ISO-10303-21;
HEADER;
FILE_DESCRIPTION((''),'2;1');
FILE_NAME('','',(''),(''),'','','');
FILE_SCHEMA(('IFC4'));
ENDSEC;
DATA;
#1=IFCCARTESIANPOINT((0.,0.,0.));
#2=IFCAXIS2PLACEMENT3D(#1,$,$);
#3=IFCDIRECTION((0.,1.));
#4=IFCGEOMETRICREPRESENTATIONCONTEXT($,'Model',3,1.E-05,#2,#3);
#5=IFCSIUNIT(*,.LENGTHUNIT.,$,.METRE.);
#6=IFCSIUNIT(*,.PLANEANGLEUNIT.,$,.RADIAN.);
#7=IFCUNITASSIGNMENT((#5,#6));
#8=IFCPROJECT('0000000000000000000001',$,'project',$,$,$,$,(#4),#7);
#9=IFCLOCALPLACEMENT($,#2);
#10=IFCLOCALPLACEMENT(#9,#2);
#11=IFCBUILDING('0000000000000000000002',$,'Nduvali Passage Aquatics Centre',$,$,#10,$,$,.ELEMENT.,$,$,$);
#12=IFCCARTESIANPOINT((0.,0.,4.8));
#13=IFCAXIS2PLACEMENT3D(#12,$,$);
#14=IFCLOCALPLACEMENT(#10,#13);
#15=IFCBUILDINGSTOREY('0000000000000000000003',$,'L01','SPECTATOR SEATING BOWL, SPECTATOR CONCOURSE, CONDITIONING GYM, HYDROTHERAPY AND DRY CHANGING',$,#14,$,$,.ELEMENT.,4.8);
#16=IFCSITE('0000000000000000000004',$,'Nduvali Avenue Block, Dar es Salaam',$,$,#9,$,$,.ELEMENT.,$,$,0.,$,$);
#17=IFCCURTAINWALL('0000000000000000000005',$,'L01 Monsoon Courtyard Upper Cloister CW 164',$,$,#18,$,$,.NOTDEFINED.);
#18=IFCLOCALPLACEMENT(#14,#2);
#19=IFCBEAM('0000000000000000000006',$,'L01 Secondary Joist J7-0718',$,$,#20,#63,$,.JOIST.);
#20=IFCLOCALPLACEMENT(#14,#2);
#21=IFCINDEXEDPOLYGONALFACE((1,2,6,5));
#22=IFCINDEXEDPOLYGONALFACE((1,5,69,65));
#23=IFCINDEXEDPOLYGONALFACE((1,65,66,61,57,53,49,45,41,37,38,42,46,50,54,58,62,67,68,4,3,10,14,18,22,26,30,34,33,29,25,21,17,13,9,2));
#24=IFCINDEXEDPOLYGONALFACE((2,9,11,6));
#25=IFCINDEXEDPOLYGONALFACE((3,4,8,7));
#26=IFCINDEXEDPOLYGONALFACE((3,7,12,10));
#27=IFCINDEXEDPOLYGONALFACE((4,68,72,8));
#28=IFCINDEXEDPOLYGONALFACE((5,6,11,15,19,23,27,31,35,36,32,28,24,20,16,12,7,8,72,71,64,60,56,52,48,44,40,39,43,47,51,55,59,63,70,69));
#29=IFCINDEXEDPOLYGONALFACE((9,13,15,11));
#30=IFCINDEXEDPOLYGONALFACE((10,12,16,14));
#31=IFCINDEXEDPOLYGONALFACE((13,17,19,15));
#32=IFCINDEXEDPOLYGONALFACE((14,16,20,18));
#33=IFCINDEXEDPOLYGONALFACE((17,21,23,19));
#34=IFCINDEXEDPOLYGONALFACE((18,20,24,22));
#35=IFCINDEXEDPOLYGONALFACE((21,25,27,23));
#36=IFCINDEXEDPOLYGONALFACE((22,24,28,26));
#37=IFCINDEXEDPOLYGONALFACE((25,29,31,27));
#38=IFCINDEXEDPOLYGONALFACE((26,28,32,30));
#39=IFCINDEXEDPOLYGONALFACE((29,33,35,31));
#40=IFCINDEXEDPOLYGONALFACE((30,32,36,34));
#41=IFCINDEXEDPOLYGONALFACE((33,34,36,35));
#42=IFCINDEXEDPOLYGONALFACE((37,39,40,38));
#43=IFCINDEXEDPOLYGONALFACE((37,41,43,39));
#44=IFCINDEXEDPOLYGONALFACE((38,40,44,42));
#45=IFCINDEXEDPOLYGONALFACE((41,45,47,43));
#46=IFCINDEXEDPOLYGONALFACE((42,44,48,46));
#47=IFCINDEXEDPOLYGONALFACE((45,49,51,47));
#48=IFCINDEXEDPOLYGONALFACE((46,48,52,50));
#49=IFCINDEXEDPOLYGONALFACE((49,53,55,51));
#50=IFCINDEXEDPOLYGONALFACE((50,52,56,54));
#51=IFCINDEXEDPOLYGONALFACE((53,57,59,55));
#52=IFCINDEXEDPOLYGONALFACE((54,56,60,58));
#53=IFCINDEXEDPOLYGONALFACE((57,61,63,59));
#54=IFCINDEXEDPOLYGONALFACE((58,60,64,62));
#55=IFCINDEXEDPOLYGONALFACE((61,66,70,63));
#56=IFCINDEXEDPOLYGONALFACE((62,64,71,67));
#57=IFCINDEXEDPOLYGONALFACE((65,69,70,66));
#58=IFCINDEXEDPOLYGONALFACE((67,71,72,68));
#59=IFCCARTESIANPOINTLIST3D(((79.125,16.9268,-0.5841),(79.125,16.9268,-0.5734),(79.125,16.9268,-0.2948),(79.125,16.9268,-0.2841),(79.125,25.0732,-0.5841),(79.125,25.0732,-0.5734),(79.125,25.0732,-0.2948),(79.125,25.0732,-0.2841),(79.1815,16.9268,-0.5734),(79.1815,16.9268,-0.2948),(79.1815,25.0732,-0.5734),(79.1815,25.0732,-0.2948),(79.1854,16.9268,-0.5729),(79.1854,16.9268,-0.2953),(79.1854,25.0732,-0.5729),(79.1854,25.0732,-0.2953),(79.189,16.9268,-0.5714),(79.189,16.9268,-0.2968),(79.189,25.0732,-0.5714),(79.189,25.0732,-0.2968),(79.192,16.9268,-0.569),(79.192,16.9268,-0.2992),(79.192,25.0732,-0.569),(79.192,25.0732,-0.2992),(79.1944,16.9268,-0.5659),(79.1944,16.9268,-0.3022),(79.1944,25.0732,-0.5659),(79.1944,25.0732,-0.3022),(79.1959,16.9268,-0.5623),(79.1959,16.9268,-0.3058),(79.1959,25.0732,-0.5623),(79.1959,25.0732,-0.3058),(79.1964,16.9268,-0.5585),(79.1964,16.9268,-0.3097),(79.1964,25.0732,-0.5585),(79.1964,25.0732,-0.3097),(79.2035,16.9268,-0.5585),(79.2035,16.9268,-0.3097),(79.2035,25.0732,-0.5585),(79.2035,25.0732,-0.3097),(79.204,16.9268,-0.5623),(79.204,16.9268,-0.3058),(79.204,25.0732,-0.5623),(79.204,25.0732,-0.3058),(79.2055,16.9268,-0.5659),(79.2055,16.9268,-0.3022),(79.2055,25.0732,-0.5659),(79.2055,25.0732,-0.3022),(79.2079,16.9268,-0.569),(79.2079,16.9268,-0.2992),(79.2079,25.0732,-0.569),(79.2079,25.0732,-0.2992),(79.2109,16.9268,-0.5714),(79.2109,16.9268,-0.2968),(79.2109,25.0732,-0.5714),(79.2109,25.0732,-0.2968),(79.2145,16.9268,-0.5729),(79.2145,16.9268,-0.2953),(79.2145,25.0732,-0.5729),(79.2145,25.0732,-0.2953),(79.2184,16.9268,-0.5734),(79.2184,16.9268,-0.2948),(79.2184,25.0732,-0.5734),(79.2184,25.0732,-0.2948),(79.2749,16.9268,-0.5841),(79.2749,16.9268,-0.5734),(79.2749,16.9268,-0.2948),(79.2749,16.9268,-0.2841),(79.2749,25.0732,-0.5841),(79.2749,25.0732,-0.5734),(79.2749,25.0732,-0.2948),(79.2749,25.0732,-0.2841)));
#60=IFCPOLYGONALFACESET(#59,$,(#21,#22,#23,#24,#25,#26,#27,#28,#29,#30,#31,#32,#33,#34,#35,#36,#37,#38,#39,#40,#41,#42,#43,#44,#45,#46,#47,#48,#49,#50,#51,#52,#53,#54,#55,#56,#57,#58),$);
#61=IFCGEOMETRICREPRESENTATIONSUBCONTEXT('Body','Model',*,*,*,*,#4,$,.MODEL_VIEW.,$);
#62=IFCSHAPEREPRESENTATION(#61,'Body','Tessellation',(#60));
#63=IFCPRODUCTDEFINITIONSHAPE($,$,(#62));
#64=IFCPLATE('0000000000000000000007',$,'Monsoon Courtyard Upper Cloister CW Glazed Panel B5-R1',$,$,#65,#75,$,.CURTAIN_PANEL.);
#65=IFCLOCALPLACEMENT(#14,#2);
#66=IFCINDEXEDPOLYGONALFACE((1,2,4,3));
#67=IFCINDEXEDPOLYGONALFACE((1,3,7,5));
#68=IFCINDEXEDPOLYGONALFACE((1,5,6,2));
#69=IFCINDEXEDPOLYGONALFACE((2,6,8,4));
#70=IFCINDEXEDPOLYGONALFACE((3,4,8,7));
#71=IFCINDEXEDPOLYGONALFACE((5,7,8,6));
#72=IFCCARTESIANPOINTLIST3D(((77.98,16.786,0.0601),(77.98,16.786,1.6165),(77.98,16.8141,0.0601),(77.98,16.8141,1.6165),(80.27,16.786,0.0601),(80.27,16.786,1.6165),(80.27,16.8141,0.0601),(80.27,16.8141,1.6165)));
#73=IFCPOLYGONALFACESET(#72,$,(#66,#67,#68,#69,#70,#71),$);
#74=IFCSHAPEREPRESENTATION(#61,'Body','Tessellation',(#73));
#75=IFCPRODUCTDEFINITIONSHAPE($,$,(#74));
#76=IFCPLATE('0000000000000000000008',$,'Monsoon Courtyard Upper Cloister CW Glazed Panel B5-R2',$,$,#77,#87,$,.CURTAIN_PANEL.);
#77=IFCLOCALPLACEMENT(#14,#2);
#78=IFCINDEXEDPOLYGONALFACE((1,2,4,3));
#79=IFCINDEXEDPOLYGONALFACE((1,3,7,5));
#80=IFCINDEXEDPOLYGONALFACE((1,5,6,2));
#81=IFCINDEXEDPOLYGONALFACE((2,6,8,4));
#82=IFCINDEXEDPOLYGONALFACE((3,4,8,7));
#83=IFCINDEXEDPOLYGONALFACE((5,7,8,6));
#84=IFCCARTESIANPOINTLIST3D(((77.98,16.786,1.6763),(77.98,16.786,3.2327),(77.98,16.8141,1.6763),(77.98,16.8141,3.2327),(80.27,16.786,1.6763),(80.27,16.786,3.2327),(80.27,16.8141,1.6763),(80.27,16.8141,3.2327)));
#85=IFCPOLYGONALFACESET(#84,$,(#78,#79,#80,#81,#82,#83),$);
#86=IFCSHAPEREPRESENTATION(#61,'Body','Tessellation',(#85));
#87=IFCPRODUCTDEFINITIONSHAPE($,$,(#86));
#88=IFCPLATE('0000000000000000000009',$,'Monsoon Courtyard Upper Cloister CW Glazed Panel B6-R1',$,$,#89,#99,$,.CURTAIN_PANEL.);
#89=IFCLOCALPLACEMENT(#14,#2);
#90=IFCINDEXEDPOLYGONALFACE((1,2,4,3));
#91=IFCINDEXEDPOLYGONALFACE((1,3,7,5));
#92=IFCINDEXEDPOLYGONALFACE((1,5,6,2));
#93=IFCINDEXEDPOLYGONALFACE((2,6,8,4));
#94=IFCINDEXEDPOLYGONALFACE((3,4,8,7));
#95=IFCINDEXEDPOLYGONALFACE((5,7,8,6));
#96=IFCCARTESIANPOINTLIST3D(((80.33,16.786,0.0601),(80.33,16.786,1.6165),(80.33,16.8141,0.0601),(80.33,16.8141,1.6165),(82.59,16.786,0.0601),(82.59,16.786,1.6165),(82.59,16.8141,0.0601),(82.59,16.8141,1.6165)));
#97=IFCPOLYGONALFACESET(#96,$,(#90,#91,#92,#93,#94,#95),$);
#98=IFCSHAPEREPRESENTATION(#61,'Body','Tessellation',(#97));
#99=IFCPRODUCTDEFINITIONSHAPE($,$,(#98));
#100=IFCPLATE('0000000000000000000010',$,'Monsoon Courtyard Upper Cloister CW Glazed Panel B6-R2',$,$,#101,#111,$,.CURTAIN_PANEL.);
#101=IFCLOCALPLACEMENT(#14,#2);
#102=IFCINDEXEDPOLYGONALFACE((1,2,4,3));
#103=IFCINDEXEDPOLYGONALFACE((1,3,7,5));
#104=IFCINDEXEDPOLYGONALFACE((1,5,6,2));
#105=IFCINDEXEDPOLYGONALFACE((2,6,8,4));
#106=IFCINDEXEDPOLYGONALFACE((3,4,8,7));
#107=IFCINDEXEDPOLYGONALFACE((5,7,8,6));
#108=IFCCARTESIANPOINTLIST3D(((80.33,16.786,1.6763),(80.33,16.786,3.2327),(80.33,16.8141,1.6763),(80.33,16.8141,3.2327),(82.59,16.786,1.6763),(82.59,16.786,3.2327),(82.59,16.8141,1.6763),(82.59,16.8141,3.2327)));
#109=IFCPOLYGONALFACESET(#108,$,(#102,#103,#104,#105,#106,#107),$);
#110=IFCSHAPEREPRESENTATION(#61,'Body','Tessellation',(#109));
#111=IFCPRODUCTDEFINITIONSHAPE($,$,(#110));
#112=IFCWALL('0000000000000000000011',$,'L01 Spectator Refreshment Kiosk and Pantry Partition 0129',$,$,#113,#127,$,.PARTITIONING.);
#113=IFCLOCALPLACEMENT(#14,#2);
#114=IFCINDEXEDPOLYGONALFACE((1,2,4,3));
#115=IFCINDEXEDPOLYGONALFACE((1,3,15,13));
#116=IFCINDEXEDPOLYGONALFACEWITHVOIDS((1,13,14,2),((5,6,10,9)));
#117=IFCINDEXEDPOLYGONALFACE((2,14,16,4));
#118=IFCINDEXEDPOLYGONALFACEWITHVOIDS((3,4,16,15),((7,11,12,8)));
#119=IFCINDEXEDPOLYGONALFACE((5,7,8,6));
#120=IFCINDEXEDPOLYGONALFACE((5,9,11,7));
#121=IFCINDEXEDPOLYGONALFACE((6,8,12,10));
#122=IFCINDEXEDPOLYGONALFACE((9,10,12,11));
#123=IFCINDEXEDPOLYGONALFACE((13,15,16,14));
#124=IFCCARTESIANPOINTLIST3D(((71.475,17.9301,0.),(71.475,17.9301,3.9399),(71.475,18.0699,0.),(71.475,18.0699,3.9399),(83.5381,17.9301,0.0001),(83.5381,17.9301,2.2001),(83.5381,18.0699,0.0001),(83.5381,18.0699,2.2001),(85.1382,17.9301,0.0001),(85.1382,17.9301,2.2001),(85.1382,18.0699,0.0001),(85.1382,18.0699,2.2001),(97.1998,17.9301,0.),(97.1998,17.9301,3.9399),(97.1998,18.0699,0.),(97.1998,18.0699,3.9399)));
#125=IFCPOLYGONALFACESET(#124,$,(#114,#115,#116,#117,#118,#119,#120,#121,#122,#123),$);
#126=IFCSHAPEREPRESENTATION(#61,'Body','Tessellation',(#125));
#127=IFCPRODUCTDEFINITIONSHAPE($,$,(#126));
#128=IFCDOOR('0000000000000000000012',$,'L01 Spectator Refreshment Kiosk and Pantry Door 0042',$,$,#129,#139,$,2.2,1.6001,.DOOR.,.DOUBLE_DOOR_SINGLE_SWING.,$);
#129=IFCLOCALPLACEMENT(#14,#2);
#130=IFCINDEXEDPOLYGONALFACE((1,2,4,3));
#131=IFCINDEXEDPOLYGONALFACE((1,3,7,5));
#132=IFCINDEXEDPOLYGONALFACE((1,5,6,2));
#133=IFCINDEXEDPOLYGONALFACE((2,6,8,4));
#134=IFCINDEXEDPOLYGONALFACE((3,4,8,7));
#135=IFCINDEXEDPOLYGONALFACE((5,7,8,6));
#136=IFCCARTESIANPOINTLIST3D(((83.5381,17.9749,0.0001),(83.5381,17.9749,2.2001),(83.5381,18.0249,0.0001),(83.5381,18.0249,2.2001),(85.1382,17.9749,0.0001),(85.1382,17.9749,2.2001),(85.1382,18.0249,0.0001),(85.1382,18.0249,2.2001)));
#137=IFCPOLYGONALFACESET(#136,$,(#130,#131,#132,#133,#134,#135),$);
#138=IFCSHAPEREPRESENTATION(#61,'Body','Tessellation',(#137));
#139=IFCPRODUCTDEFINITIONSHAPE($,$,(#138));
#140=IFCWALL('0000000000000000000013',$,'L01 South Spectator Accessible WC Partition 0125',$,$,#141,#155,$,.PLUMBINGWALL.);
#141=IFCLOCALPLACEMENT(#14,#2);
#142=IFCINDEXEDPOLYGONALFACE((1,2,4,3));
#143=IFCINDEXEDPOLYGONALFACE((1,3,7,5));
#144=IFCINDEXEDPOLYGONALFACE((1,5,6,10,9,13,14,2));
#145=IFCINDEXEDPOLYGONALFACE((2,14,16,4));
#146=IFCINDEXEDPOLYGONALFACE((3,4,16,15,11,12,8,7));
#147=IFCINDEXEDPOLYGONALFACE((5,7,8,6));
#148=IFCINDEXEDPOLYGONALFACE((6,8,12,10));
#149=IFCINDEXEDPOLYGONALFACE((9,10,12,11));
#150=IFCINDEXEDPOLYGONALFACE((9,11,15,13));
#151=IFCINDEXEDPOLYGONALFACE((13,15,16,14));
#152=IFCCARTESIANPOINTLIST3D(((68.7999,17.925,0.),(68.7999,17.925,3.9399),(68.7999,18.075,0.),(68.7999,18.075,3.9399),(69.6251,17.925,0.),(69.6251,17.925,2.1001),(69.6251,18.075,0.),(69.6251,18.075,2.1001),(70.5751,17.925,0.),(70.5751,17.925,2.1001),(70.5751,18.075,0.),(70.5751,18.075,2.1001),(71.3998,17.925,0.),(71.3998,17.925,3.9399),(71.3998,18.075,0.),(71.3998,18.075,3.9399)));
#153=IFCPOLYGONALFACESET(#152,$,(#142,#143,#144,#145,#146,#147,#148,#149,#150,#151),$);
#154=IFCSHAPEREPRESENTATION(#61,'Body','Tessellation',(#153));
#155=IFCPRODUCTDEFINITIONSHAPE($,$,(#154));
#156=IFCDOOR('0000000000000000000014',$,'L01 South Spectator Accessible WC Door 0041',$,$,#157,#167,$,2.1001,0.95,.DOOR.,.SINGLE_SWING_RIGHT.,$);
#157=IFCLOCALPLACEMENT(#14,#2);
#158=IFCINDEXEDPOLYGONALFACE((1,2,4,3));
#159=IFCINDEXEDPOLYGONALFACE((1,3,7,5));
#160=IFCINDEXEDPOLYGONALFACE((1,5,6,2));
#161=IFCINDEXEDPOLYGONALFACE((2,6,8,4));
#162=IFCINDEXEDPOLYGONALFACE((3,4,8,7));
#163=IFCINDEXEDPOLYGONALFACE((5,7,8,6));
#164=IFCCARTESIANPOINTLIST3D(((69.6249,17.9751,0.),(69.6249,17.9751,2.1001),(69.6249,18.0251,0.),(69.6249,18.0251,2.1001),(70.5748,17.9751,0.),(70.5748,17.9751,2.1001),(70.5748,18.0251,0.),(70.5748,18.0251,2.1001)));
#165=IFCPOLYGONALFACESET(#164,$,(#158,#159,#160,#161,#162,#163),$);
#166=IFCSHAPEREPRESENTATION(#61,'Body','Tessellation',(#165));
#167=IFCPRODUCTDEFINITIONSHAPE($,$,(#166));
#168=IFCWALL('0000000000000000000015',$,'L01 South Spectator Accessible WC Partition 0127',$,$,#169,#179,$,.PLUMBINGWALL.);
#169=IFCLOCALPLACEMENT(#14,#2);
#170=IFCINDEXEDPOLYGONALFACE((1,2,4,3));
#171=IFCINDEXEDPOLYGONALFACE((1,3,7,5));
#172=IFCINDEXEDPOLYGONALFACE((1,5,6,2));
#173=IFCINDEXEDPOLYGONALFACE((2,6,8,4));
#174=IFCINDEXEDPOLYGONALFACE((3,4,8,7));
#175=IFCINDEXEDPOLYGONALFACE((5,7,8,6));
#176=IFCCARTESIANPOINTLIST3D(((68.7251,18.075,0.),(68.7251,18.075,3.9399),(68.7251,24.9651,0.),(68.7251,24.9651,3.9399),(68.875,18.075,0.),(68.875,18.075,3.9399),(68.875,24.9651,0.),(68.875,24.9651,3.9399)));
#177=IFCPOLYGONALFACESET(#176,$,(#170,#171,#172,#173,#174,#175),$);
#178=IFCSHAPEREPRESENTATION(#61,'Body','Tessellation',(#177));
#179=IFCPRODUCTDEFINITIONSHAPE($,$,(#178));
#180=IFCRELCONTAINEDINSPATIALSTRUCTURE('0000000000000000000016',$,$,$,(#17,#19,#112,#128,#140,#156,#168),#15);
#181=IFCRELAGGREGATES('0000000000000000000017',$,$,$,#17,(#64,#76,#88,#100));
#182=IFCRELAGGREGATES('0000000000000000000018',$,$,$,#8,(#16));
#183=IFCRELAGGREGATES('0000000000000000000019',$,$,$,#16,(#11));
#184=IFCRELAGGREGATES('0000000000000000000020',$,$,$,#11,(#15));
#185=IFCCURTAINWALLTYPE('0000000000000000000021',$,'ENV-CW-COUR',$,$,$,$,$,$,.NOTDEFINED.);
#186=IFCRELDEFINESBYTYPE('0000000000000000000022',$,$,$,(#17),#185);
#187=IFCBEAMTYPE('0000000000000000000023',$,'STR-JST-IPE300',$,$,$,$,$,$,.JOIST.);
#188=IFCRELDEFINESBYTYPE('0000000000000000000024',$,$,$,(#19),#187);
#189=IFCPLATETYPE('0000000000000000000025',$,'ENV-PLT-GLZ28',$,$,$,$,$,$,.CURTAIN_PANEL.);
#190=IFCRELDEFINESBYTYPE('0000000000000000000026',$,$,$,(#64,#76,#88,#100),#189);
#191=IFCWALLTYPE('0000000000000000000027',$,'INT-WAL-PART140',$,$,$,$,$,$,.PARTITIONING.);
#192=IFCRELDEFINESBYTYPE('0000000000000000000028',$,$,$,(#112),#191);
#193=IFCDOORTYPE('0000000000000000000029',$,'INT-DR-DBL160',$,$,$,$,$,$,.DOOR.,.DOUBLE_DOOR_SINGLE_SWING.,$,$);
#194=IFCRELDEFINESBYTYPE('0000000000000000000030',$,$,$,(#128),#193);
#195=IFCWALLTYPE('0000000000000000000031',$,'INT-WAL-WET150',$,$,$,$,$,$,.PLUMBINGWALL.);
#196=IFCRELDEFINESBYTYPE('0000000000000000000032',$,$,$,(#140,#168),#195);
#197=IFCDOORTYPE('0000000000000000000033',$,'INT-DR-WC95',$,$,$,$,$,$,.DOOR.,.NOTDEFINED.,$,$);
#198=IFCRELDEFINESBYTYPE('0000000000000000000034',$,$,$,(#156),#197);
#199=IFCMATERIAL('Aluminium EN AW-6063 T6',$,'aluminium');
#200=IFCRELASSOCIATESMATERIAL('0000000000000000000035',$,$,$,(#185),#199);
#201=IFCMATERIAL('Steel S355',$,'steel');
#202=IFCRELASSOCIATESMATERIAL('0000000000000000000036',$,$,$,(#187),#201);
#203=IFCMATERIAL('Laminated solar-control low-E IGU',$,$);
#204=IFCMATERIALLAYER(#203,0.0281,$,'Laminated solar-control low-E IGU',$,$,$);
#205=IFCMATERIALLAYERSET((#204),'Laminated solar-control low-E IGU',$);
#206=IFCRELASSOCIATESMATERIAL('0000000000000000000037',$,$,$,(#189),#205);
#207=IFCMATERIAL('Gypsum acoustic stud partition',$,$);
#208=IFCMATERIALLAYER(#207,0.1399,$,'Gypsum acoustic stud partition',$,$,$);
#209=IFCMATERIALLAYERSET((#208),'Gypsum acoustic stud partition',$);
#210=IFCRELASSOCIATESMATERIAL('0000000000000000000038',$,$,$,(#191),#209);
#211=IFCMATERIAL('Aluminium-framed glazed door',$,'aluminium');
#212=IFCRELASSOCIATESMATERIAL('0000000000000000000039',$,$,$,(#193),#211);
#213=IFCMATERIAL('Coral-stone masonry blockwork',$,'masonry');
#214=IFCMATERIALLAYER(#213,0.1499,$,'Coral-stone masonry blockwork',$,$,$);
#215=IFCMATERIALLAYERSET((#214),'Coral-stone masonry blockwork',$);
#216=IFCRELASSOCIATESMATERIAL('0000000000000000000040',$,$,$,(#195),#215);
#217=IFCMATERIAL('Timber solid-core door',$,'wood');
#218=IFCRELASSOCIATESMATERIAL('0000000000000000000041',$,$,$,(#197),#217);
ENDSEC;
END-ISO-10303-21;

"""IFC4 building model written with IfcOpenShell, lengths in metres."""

from ifc_helpers import new_model, si_unit, direction, frame, frame_2d, origin, origin_2d, place, context, subcontext, project, spatial, rectangle, i_section, extrude, material, layer, layer_set, material_profile, profile_set, type_object, element, fill, aggregate, save


model = new_model("IFC4")

# Units and contexts
model_context = context("Model", 3, precision=1e-05, world=origin(), true_north=direction((0.0, 1.0)))
body_context = subcontext(model_context, "Body", "Model", "MODEL_VIEW")
ifc_project = project(units=[si_unit("LENGTHUNIT", "METRE"), si_unit("PLANEANGLEUNIT", "RADIAN")], contexts=[model_context])

# Site, building, storey
site_placement = place(None, origin())
site = spatial("IfcSite", under=ifc_project, at=site_placement, Name="Nduvali Avenue Block, Dar es Salaam", CompositionType="ELEMENT", RefElevation=0.0)
building_placement = place(site_placement, origin())
building = spatial("IfcBuilding", under=site, at=building_placement, Name="Nduvali Passage Aquatics Centre", CompositionType="ELEMENT")
storey_placement = place(building_placement, frame((0.0, 0.0, 4.8)))
storey = spatial("IfcBuildingStorey", under=building, at=storey_placement, Name="L01", Description="SPECTATOR SEATING BOWL, SPECTATOR CONCOURSE, CONDITIONING GYM, HYDROTHERAPY AND DRY CHANGING", CompositionType="ELEMENT", Elevation=4.8)

# Shared definitions
ifc_material_1 = material(Name="Steel S355", Category="steel")

# Curtain wall
ifc_material_2 = material(Name="Aluminium EN AW-6063 T6", Category="aluminium")
curtain_wall_type = type_object("IfcCurtainWallType", Name="ENV-CW-COUR", PredefinedType="NOTDEFINED", material=ifc_material_2)
curtain_wall_1_placement = place(storey_placement, origin())
curtain_wall_1 = element("IfcCurtainWall", 1, at=curtain_wall_1_placement, inside=storey, type_object=curtain_wall_type, Name="L01 Monsoon Courtyard Upper Cloister CW 164", PredefinedType="NOTDEFINED")

# Beam
ifc_material_profile_1 = material_profile(ifc_material_1, i_section(OverallWidth=0.1499, OverallDepth=0.3, WebThickness=0.0071, FlangeThickness=0.0107, FilletRadius=0.0149, at=origin_2d()), Name="IPE 300")
ifc_profile_set_1 = profile_set([ifc_material_profile_1], Name="Steel S355")
beam_type_1 = type_object("IfcBeamType", Name="STR-JST-IPE300", PredefinedType="JOIST", material=ifc_profile_set_1)
for number, where, z_axis, x_axis, name in (
    (2, (79.2, 16.9268, -0.4341), (0.0, 1.0, 0.0), (-1.0, 0.0, 0.0), "L01 Secondary Joist J7-0718"),
):
    element("IfcBeam", number, at=place(storey_placement, frame(where, z_axis=z_axis, x_axis=x_axis)), inside=storey, type_object=beam_type_1, Name=name, PredefinedType="JOIST", context=body_context, shape_type="SweptSolid", body=[
        extrude(i_section(OverallWidth=0.1499, OverallDepth=0.3, WebThickness=0.0071, FlangeThickness=0.0107, FilletRadius=0.0149, at=origin_2d()), origin(), (0.0, 0.0, 1.0), 8.1465),
    ])

# Plates
ifc_material_3 = material(Name="Laminated solar-control low-E IGU")
ifc_layer_1 = layer(ifc_material_3, 0.0281, Name="Laminated solar-control low-E IGU")
ifc_layer_set_1 = layer_set([ifc_layer_1], Name="Laminated solar-control low-E IGU")
plate_type = type_object("IfcPlateType", Name="ENV-PLT-GLZ28", PredefinedType="CURTAIN_PANEL", material=ifc_layer_set_1)
plate_1_placement = place(storey_placement, frame((79.125, 16.8, 0.0601), z_axis=(0.0, 0.0, 1.0), x_axis=(1.0, 0.0, 0.0)))
plate_1 = element("IfcPlate", 3, at=plate_1_placement, type_object=plate_type, Name="Monsoon Courtyard Upper Cloister CW Glazed Panel B5-R1", PredefinedType="CURTAIN_PANEL", context=body_context, shape_type="SweptSolid", body=[
    extrude(rectangle(XDim=2.29, YDim=0.0281, at=origin_2d()), origin(), (0.0, 0.0, 1.0), 1.5564),
])
plate_2_placement = place(storey_placement, frame((79.125, 16.8, 1.6763), z_axis=(0.0, 0.0, 1.0), x_axis=(1.0, 0.0, 0.0)))
plate_2 = element("IfcPlate", 4, at=plate_2_placement, type_object=plate_type, Name="Monsoon Courtyard Upper Cloister CW Glazed Panel B5-R2", PredefinedType="CURTAIN_PANEL", context=body_context, shape_type="SweptSolid", body=[
    extrude(rectangle(XDim=2.29, YDim=0.0281, at=origin_2d()), origin(), (0.0, 0.0, 1.0), 1.5564),
])
plate_3_placement = place(storey_placement, frame((81.46, 16.8, 0.0601), z_axis=(0.0, 0.0, 1.0), x_axis=(1.0, 0.0, 0.0)))
plate_3 = element("IfcPlate", 5, at=plate_3_placement, type_object=plate_type, Name="Monsoon Courtyard Upper Cloister CW Glazed Panel B6-R1", PredefinedType="CURTAIN_PANEL", context=body_context, shape_type="SweptSolid", body=[
    extrude(rectangle(XDim=2.26, YDim=0.0281, at=origin_2d()), origin(), (0.0, 0.0, 1.0), 1.5564),
])
plate_4_placement = place(storey_placement, frame((81.46, 16.8, 1.6763), z_axis=(0.0, 0.0, 1.0), x_axis=(1.0, 0.0, 0.0)))
plate_4 = element("IfcPlate", 6, at=plate_4_placement, type_object=plate_type, Name="Monsoon Courtyard Upper Cloister CW Glazed Panel B6-R2", PredefinedType="CURTAIN_PANEL", context=body_context, shape_type="SweptSolid", body=[
    extrude(rectangle(XDim=2.26, YDim=0.0281, at=origin_2d()), origin(), (0.0, 0.0, 1.0), 1.5564),
])
aggregate(curtain_wall_1, [plate_1, plate_2, plate_3, plate_4])

# Walls, openings, doors
ifc_material_4 = material(Name="Gypsum acoustic stud partition")
ifc_layer_2 = layer(ifc_material_4, 0.1399, Name="Gypsum acoustic stud partition")
ifc_layer_set_2 = layer_set([ifc_layer_2], Name="Gypsum acoustic stud partition")
wall_type_1 = type_object("IfcWallType", Name="INT-WAL-PART140", PredefinedType="PARTITIONING", material=ifc_layer_set_2)
wall_1_placement = place(storey_placement, frame((71.4751, 18.0, 0.0), z_axis=(0.0, 0.0, 1.0), x_axis=(1.0, 0.0, 0.0)))
wall_1 = element("IfcWall", 7, at=wall_1_placement, inside=storey, type_object=wall_type_1, Name="L01 Spectator Refreshment Kiosk and Pantry Partition 0129", PredefinedType="PARTITIONING", context=body_context, shape_type="SweptSolid", body=[
    extrude(rectangle(XDim=25.7249, YDim=0.1399, at=frame_2d((12.8623, 0.0))), origin(), (0.0, 0.0, 1.0), 3.9399),
])
opening_1_placement = place(wall_1_placement, frame((12.063, 0.0, 0.0)))
opening_1 = element("IfcOpeningElement", 8, at=opening_1_placement, cuts=wall_1, PredefinedType="OPENING", context=body_context, shape_type="SweptSolid", body=[
    extrude(rectangle(XDim=1.6001, YDim=2.2, at=frame_2d((0.8, 1.1001))), frame((0.0, 0.085, 0.0), z_axis=(0.0, -1.0, 0.0), x_axis=(1.0, 0.0, 0.0)), (0.0, 0.0, 1.0), 0.1697),
])
ifc_material_5 = material(Name="Aluminium-framed glazed door", Category="aluminium")
door_type_1 = type_object("IfcDoorType", Name="INT-DR-DBL160", OperationType="DOUBLE_DOOR_SINGLE_SWING", PredefinedType="DOOR", material=ifc_material_5)
door_1_placement = place(opening_1_placement, origin())
door_1 = element("IfcDoor", 9, at=door_1_placement, inside=storey, type_object=door_type_1, Name="L01 Spectator Refreshment Kiosk and Pantry Door 0042", OperationType="DOUBLE_DOOR_SINGLE_SWING", OverallHeight=2.2, OverallWidth=1.6001, PredefinedType="DOOR", context=body_context, shape_type="SweptSolid", body=[
    extrude(rectangle(XDim=1.6001, YDim=2.2, at=frame_2d((0.8, 1.1001))), frame((0.0, 0.0249, 0.0), z_axis=(0.0, -1.0, 0.0), x_axis=(1.0, 0.0, 0.0)), (0.0, 0.0, 1.0), 0.05),
])
fill(opening_1, door_1)
ifc_material_6 = material(Name="Coral-stone masonry blockwork", Category="masonry")
ifc_layer_3 = layer(ifc_material_6, 0.1499, Name="Coral-stone masonry blockwork")
ifc_layer_set_3 = layer_set([ifc_layer_3], Name="Coral-stone masonry blockwork")
wall_type_2 = type_object("IfcWallType", Name="INT-WAL-WET150", PredefinedType="PLUMBINGWALL", material=ifc_layer_set_3)
wall_2_placement = place(storey_placement, frame((68.8, 18.0, 0.0), z_axis=(0.0, 0.0, 1.0), x_axis=(1.0, 0.0, 0.0)))
wall_2 = element("IfcWall", 10, at=wall_2_placement, inside=storey, type_object=wall_type_2, Name="L01 South Spectator Accessible WC Partition 0125", PredefinedType="PLUMBINGWALL", context=body_context, shape_type="SweptSolid", body=[
    extrude(rectangle(XDim=2.5999, YDim=0.1499, at=frame_2d((1.2998, 0.0))), origin(), (0.0, 0.0, 1.0), 3.9399),
])
opening_2_placement = place(wall_2_placement, frame((0.825, 0.0, 0.0)))
opening_2 = element("IfcOpeningElement", 11, at=opening_2_placement, cuts=wall_2, PredefinedType="OPENING", context=body_context, shape_type="SweptSolid", body=[
    extrude(rectangle(XDim=0.95, YDim=2.1001, at=frame_2d((0.4751, 1.05))), frame((0.0, 0.0898, 0.0), z_axis=(0.0, -1.0, 0.0), x_axis=(1.0, 0.0, 0.0)), (0.0, 0.0, 1.0), 0.1797),
])
ifc_material_7 = material(Name="Timber solid-core door", Category="wood")
door_type_2 = type_object("IfcDoorType", Name="INT-DR-WC95", OperationType="NOTDEFINED", PredefinedType="DOOR", material=ifc_material_7)
door_2_placement = place(opening_2_placement, frame((0.95, 0.0, 0.0), z_axis=(0.0, 0.0, 1.0), x_axis=(-1.0, 0.0, 0.0)))
door_2 = element("IfcDoor", 12, at=door_2_placement, inside=storey, type_object=door_type_2, Name="L01 South Spectator Accessible WC Door 0041", OperationType="SINGLE_SWING_RIGHT", OverallHeight=2.1001, OverallWidth=0.95, PredefinedType="DOOR", context=body_context, shape_type="SweptSolid", body=[
    extrude(rectangle(XDim=0.95, YDim=2.1001, at=frame_2d((0.4751, 1.05))), frame((0.0, 0.0249, 0.0), z_axis=(0.0, -1.0, 0.0), x_axis=(1.0, 0.0, 0.0)), (0.0, 0.0, 1.0), 0.05),
])
fill(opening_2, door_2)

# Wall
wall_3_placement = place(storey_placement, frame((68.8, 18.075, 0.0), z_axis=(0.0, 0.0, 1.0), x_axis=(0.0, 1.0, 0.0)))
element("IfcWall", 13, at=wall_3_placement, inside=storey, type_object=wall_type_2, Name="L01 South Spectator Accessible WC Partition 0127", PredefinedType="PLUMBINGWALL", context=body_context, shape_type="SweptSolid", body=[
    extrude(rectangle(XDim=6.8901, YDim=0.1499, at=frame_2d((3.4451, 0.0))), origin(), (0.0, 0.0, 1.0), 3.9399),
])

save(model, "model.ifc")
